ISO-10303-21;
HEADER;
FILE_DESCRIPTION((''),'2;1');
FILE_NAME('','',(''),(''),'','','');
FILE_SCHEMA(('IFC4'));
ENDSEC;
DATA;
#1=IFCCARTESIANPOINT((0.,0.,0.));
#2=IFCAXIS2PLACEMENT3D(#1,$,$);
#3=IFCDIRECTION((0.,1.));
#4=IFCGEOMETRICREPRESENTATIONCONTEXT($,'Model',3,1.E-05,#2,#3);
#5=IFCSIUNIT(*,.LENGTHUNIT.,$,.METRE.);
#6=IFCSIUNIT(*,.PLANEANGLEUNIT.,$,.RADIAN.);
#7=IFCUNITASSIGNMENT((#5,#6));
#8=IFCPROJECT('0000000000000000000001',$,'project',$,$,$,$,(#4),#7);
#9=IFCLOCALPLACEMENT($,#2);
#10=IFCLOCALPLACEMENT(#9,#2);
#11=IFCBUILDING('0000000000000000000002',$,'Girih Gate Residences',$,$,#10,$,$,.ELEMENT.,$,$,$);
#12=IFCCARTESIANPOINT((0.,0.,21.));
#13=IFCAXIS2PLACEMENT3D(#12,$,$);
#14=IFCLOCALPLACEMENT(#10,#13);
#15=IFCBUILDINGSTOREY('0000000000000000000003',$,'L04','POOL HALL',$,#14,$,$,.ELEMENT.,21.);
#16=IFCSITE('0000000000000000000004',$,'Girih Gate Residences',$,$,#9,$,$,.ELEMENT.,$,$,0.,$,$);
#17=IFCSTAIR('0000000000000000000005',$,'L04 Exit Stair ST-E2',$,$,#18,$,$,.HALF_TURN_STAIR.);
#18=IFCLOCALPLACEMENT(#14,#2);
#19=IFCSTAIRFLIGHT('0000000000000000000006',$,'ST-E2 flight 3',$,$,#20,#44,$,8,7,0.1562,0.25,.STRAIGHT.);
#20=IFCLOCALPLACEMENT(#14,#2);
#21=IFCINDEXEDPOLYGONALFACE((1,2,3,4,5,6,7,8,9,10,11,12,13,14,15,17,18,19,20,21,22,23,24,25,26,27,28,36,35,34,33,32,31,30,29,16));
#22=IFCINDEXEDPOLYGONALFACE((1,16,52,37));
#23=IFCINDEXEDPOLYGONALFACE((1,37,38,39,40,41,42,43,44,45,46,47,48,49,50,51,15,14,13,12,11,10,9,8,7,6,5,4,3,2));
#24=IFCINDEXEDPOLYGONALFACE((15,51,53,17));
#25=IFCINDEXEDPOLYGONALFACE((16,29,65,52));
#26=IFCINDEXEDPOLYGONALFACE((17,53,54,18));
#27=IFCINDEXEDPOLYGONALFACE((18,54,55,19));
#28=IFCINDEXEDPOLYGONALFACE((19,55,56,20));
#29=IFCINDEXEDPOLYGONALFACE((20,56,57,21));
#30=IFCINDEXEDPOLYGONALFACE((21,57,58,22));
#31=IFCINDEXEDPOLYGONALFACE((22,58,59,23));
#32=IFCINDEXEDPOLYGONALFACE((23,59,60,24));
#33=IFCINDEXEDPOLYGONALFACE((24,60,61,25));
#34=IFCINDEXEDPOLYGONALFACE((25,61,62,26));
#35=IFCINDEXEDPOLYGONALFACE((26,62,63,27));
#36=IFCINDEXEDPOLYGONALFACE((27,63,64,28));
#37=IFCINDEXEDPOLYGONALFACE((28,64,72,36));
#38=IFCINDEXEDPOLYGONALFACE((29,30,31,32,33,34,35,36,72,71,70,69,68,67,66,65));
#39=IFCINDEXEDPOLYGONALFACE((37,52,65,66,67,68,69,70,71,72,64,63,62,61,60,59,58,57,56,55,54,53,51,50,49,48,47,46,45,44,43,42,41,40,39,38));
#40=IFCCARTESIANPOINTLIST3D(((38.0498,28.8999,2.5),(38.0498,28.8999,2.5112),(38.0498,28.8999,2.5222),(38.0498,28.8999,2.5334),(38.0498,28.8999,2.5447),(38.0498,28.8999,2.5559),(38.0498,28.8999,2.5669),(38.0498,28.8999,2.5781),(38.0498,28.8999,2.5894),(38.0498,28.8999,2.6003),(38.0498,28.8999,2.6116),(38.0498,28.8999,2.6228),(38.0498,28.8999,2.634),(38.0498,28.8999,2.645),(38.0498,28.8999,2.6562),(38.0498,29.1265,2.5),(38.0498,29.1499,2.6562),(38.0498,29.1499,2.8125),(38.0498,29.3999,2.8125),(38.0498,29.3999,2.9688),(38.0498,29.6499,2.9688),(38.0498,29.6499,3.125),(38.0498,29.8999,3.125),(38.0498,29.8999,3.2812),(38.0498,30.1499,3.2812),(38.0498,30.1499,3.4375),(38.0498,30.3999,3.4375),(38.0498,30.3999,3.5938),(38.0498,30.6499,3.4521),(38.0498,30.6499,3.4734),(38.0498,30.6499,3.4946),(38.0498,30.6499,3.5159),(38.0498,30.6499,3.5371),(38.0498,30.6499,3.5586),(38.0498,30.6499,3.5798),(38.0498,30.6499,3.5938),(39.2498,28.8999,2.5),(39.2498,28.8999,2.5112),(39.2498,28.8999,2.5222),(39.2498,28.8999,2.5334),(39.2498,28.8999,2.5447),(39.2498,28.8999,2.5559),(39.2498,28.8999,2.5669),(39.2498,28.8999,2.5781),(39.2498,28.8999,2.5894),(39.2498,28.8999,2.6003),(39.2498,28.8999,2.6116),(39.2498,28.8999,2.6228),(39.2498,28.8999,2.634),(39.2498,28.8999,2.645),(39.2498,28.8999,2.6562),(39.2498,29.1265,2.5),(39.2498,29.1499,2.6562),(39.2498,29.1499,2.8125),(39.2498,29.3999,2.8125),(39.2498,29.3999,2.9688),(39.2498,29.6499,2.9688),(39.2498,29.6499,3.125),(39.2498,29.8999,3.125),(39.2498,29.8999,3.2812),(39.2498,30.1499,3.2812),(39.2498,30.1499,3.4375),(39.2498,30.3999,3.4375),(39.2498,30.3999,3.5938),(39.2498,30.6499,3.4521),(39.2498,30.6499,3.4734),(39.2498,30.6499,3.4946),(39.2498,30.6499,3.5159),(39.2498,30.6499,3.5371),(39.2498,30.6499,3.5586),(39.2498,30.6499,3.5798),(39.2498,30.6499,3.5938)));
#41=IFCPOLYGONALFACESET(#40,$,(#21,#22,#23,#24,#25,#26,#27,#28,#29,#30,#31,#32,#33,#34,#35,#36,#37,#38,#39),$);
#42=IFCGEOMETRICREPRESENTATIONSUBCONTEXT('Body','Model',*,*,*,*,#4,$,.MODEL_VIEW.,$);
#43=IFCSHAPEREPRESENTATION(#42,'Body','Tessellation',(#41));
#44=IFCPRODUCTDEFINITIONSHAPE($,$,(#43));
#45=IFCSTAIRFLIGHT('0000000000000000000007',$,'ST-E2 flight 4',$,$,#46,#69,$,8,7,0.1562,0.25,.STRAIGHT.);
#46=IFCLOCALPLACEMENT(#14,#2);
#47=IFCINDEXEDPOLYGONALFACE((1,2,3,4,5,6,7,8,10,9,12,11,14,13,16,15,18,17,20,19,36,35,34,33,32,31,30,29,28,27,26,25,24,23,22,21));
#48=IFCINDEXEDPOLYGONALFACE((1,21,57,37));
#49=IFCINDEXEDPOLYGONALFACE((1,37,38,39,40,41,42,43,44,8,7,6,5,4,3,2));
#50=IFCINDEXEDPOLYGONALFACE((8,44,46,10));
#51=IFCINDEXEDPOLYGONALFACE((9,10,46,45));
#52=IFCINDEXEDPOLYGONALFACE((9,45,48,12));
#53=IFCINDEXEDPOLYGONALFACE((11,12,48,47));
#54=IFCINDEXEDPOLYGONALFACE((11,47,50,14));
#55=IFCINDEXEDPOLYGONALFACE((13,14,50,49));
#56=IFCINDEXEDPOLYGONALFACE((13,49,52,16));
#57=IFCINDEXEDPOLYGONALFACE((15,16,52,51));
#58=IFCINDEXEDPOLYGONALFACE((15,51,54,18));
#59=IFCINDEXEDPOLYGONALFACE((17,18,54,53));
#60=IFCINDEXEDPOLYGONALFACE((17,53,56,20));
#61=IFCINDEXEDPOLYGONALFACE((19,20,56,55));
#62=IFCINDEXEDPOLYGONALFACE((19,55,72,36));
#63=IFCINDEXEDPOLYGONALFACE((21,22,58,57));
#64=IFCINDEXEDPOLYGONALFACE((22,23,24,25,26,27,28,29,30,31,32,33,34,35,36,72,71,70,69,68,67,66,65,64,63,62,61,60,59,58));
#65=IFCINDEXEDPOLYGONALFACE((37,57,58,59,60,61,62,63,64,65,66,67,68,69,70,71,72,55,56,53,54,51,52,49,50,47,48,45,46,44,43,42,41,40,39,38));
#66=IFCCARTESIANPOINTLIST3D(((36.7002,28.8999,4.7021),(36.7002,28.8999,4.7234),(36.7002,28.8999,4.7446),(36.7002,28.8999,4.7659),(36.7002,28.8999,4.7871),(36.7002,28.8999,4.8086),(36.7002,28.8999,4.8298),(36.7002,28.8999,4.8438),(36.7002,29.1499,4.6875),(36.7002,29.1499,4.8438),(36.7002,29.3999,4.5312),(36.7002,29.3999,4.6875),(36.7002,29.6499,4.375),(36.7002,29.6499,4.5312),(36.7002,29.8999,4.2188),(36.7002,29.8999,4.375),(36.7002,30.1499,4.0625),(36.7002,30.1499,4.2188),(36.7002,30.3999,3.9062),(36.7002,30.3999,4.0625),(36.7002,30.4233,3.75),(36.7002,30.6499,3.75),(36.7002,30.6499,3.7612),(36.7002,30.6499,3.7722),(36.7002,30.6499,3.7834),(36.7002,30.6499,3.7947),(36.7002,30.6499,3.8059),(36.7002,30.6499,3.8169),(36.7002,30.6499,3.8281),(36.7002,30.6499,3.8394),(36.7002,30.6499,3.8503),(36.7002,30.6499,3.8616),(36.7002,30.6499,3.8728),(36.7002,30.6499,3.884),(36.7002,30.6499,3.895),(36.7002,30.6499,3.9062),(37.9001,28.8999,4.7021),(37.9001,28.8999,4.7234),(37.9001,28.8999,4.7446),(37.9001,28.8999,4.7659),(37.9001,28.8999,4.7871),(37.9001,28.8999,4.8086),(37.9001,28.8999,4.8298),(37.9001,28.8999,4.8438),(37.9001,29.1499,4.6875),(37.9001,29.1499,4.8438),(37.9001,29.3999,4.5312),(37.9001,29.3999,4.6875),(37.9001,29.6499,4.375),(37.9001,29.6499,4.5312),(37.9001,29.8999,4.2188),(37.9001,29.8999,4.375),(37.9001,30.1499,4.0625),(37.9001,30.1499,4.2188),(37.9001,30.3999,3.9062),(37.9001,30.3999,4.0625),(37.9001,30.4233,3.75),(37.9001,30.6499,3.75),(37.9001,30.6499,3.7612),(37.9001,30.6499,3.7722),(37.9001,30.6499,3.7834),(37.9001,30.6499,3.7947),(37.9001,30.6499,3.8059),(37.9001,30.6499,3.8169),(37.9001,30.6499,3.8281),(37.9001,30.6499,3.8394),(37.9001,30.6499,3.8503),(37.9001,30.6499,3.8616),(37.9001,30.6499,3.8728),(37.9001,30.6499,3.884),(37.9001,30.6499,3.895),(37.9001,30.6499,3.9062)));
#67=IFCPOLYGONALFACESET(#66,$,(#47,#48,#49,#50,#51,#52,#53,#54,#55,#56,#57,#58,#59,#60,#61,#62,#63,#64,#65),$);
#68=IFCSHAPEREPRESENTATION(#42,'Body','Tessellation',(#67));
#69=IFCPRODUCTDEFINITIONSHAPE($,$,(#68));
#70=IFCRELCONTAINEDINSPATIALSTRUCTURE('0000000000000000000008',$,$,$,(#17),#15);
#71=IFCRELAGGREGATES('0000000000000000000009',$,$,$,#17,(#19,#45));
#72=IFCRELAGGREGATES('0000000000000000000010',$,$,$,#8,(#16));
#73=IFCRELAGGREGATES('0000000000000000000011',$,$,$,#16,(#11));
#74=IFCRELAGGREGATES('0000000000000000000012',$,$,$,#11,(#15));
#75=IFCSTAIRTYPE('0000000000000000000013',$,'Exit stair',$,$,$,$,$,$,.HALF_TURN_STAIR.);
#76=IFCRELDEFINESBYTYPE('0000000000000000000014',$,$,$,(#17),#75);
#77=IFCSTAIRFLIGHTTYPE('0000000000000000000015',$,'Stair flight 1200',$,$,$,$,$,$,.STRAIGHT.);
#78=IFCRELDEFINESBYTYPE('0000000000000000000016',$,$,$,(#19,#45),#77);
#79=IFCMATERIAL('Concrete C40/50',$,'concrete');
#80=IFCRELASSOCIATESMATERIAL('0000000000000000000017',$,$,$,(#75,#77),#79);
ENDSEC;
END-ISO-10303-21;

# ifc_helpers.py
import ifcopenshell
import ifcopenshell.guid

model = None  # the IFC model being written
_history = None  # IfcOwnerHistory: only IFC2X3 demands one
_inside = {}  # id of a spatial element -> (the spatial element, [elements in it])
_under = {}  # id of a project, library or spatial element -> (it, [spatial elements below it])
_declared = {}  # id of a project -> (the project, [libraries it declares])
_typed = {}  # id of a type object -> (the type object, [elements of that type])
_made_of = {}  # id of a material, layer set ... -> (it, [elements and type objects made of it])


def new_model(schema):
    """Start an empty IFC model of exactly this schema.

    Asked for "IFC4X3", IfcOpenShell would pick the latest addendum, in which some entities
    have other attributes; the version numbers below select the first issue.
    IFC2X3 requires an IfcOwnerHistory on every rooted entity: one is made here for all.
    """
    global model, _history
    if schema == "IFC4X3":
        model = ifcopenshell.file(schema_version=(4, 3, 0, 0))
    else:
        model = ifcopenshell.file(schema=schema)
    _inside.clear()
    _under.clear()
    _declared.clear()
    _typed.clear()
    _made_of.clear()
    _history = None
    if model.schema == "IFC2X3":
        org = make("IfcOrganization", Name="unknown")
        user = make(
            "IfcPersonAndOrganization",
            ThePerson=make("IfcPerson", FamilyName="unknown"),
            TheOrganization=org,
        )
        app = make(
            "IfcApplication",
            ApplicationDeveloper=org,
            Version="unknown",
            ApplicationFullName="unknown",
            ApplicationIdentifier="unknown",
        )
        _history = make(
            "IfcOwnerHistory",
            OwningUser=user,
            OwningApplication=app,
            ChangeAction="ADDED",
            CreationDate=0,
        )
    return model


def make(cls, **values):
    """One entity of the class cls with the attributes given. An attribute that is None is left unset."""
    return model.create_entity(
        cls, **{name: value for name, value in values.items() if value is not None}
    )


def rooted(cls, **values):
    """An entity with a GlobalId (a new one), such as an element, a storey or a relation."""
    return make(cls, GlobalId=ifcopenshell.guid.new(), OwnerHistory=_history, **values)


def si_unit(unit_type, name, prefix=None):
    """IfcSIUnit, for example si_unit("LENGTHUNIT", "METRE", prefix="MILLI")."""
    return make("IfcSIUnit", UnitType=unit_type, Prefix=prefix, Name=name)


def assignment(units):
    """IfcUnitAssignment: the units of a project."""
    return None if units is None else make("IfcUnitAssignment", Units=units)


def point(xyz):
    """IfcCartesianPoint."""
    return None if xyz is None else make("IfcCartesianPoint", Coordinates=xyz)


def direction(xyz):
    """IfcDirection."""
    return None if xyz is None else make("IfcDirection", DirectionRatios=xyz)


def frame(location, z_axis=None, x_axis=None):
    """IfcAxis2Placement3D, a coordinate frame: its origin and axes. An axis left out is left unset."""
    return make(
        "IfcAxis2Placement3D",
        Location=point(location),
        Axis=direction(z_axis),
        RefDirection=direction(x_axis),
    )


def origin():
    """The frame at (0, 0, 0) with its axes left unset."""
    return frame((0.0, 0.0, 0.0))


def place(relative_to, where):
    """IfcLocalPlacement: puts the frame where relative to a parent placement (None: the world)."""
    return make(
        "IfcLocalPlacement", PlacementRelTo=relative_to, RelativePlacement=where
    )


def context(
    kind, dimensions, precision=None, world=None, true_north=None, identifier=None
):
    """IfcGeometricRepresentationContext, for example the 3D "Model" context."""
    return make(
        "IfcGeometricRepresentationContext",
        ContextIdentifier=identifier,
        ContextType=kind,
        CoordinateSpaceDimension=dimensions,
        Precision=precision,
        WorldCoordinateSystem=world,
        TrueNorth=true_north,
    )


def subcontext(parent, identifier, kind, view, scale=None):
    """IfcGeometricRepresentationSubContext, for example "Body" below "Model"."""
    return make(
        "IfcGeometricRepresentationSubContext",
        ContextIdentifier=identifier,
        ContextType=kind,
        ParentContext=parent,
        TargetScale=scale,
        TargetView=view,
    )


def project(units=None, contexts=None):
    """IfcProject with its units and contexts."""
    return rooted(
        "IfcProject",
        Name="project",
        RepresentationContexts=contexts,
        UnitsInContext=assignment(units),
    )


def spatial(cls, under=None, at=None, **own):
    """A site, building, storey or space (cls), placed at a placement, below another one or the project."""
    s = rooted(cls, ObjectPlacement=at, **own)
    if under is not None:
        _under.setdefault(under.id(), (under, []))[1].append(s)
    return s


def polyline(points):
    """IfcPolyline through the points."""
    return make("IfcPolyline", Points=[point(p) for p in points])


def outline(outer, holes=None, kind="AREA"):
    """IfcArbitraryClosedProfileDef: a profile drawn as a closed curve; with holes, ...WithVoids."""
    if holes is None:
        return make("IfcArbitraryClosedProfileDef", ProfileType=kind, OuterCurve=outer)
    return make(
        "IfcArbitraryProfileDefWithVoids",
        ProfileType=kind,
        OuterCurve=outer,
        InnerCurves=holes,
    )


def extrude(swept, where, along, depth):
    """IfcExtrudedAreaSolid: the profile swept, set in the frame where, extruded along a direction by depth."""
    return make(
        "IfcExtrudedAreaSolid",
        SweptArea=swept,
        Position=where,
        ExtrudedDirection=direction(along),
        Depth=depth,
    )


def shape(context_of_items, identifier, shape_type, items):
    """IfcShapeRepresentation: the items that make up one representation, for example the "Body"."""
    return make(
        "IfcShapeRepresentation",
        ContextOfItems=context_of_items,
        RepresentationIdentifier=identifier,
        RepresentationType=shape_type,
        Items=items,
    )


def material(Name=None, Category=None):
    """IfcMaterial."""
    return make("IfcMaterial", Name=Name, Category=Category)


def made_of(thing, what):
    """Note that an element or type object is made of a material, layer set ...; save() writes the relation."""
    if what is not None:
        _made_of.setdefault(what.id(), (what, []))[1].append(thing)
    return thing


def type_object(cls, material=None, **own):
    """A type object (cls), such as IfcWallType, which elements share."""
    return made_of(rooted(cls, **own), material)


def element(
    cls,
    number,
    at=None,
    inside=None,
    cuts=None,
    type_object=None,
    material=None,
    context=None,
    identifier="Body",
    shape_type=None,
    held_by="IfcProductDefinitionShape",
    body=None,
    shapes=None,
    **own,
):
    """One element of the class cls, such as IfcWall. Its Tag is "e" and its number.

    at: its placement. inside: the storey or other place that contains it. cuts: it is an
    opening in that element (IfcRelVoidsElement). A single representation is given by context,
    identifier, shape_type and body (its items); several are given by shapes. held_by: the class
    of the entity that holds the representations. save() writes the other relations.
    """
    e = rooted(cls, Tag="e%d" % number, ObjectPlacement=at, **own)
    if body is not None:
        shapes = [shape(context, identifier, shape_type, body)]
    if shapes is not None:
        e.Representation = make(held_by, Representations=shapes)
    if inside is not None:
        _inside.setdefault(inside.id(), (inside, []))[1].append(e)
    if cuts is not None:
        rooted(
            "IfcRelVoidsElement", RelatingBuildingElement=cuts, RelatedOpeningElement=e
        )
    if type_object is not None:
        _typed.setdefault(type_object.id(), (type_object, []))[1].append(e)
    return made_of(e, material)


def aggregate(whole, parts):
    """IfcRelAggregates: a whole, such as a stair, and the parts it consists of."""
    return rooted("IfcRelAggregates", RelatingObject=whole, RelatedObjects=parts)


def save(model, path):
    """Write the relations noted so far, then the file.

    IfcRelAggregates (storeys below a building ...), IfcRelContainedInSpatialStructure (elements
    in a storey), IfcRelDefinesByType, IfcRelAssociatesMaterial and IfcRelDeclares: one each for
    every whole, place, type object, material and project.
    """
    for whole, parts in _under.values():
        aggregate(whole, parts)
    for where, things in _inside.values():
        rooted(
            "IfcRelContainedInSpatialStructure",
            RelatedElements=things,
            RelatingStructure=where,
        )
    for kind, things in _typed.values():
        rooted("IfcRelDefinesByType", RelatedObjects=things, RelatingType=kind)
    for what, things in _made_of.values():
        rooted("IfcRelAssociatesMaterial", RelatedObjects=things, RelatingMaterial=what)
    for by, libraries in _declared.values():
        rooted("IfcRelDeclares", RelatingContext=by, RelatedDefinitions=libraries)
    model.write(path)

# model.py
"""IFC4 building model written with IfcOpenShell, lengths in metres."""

from ifc_helpers import new_model, si_unit, direction, frame, origin, place, context, subcontext, project, spatial, polyline, outline, extrude, material, type_object, element, aggregate, save


model = new_model("IFC4")

# Units and contexts
model_context = context("Model", 3, precision=1e-05, world=origin(), true_north=direction((0.0, 1.0)))
body_context = subcontext(model_context, "Body", "Model", "MODEL_VIEW")
ifc_project = project(units=[si_unit("LENGTHUNIT", "METRE"), si_unit("PLANEANGLEUNIT", "RADIAN")], contexts=[model_context])

# Site, building, storey
site_placement = place(None, origin())
site = spatial("IfcSite", under=ifc_project, at=site_placement, Name="Girih Gate Residences", CompositionType="ELEMENT", RefElevation=0.0)
building_placement = place(site_placement, origin())
building = spatial("IfcBuilding", under=site, at=building_placement, Name="Girih Gate Residences", CompositionType="ELEMENT")
storey_placement = place(building_placement, frame((0.0, 0.0, 21.0)))
storey = spatial("IfcBuildingStorey", under=building, at=storey_placement, Name="L04", Description="POOL HALL", CompositionType="ELEMENT", Elevation=21.0)

# Stair, stair flights
ifc_material_1 = material(Name="Concrete C40/50", Category="concrete")
stair_type = type_object("IfcStairType", Name="Exit stair", PredefinedType="HALF_TURN_STAIR", material=ifc_material_1)
stair_flight_type = type_object("IfcStairFlightType", Name="Stair flight 1200", PredefinedType="STRAIGHT", material=ifc_material_1)
stair_1_placement = place(storey_placement, origin())
stair_1 = element("IfcStair", 1, at=stair_1_placement, inside=storey, type_object=stair_type, Name="L04 Exit Stair ST-E2", PredefinedType="HALF_TURN_STAIR")
stair_flight_1_placement = place(storey_placement, frame((38.6499, 28.8999, 2.5), z_axis=(0.0, 0.0, 1.0), x_axis=(0.0, 1.0, 0.0)))
stair_flight_1 = element("IfcStairFlight", 2, at=stair_flight_1_placement, type_object=stair_flight_type, Name="ST-E2 flight 3", NumberOfRisers=8, NumberOfTreads=7, PredefinedType="STRAIGHT", RiserHeight=0.1562, TreadLength=0.25, context=body_context, shape_type="SweptSolid", body=[
    extrude(outline(polyline([(0.0, 0.0), (0.0, 0.0112), (0.0, 0.0222), (0.0, 0.0334), (0.0, 0.0447), (0.0, 0.0559), (0.0, 0.0669), (0.0, 0.0781), (0.0, 0.0894), (0.0, 0.1003), (0.0, 0.1116), (0.0, 0.1228), (0.0, 0.134), (0.0, 0.145), (0.0, 0.1562), (0.25, 0.1562), (0.25, 0.3125), (0.5, 0.3125), (0.5, 0.4688), (0.75, 0.4688), (0.75, 0.625), (1.0, 0.625), (1.0, 0.7812), (1.25, 0.7812), (1.25, 0.9375), (1.5, 0.9375), (1.5, 1.0938), (1.75, 1.0938), (1.75, 1.105), (1.75, 1.116), (1.75, 1.1272), (1.75, 1.1384), (1.75, 1.1497), (1.75, 1.1606), (1.75, 1.1719), (1.75, 1.1831), (1.75, 1.1941), (1.75, 1.2053), (1.75, 1.2166), (1.75, 1.2278), (1.75, 1.2388), (1.75, 1.25), (1.75, 1.2288), (1.75, 1.2075), (1.75, 1.1863), (1.75, 1.1648), (1.75, 1.1436), (1.75, 1.1223), (1.75, 1.1011), (1.75, 1.0798), (1.75, 1.0586), (1.75, 1.0371), (1.75, 1.0159), (1.75, 0.9946), (1.75, 0.9734), (1.75, 0.9521), (0.2266, 0.0), (0.0, 0.0)])), frame((0.0, 0.6001, 0.0), z_axis=(0.0, -1.0, 0.0), x_axis=(1.0, 0.0, 0.0)), (0.0, 0.0, 1.0), 1.2),
])
stair_flight_2_placement = place(storey_placement, frame((37.3, 30.6499, 3.75), z_axis=(0.0, 0.0, 1.0), x_axis=(0.0, -1.0, 0.0)))
stair_flight_2 = element("IfcStairFlight", 3, at=stair_flight_2_placement, type_object=stair_flight_type, Name="ST-E2 flight 4", NumberOfRisers=8, NumberOfTreads=7, PredefinedType="STRAIGHT", RiserHeight=0.1562, TreadLength=0.25, context=body_context, shape_type="SweptSolid", body=[
    extrude(outline(polyline([(0.0, 0.0), (0.0, 0.0112), (0.0, 0.0222), (0.0, 0.0334), (0.0, 0.0447), (0.0, 0.0559), (0.0, 0.0669), (0.0, 0.0781), (0.0, 0.0894), (0.0, 0.1003), (0.0, 0.1116), (0.0, 0.1228), (0.0, 0.134), (0.0, 0.145), (0.0, 0.1562), (0.25, 0.1562), (0.25, 0.3125), (0.5, 0.3125), (0.5, 0.4688), (0.75, 0.4688), (0.75, 0.625), (1.0, 0.625), (1.0, 0.7812), (1.25, 0.7812), (1.25, 0.9375), (1.5, 0.9375), (1.5, 1.0938), (1.75, 1.0938), (1.75, 1.105), (1.75, 1.116), (1.75, 1.1272), (1.75, 1.1384), (1.75, 1.1497), (1.75, 1.1606), (1.75, 1.1719), (1.75, 1.1831), (1.75, 1.1941), (1.75, 1.2053), (1.75, 1.2166), (1.75, 1.2278), (1.75, 1.2388), (1.75, 1.25), (1.75, 1.2288), (1.75, 1.2075), (1.75, 1.1863), (1.75, 1.1648), (1.75, 1.1436), (1.75, 1.1223), (1.75, 1.1011), (1.75, 1.0798), (1.75, 1.0586), (1.75, 1.0371), (1.75, 1.0159), (1.75, 0.9946), (1.75, 0.9734), (1.75, 0.9521), (0.2266, 0.0), (0.0, 0.0)])), frame((0.0, 0.6001, 0.0), z_axis=(0.0, -1.0, 0.0), x_axis=(1.0, 0.0, 0.0)), (0.0, 0.0, 1.0), 1.2),
])
aggregate(stair_1, [stair_flight_1, stair_flight_2])

save(model, "model.ifc")
